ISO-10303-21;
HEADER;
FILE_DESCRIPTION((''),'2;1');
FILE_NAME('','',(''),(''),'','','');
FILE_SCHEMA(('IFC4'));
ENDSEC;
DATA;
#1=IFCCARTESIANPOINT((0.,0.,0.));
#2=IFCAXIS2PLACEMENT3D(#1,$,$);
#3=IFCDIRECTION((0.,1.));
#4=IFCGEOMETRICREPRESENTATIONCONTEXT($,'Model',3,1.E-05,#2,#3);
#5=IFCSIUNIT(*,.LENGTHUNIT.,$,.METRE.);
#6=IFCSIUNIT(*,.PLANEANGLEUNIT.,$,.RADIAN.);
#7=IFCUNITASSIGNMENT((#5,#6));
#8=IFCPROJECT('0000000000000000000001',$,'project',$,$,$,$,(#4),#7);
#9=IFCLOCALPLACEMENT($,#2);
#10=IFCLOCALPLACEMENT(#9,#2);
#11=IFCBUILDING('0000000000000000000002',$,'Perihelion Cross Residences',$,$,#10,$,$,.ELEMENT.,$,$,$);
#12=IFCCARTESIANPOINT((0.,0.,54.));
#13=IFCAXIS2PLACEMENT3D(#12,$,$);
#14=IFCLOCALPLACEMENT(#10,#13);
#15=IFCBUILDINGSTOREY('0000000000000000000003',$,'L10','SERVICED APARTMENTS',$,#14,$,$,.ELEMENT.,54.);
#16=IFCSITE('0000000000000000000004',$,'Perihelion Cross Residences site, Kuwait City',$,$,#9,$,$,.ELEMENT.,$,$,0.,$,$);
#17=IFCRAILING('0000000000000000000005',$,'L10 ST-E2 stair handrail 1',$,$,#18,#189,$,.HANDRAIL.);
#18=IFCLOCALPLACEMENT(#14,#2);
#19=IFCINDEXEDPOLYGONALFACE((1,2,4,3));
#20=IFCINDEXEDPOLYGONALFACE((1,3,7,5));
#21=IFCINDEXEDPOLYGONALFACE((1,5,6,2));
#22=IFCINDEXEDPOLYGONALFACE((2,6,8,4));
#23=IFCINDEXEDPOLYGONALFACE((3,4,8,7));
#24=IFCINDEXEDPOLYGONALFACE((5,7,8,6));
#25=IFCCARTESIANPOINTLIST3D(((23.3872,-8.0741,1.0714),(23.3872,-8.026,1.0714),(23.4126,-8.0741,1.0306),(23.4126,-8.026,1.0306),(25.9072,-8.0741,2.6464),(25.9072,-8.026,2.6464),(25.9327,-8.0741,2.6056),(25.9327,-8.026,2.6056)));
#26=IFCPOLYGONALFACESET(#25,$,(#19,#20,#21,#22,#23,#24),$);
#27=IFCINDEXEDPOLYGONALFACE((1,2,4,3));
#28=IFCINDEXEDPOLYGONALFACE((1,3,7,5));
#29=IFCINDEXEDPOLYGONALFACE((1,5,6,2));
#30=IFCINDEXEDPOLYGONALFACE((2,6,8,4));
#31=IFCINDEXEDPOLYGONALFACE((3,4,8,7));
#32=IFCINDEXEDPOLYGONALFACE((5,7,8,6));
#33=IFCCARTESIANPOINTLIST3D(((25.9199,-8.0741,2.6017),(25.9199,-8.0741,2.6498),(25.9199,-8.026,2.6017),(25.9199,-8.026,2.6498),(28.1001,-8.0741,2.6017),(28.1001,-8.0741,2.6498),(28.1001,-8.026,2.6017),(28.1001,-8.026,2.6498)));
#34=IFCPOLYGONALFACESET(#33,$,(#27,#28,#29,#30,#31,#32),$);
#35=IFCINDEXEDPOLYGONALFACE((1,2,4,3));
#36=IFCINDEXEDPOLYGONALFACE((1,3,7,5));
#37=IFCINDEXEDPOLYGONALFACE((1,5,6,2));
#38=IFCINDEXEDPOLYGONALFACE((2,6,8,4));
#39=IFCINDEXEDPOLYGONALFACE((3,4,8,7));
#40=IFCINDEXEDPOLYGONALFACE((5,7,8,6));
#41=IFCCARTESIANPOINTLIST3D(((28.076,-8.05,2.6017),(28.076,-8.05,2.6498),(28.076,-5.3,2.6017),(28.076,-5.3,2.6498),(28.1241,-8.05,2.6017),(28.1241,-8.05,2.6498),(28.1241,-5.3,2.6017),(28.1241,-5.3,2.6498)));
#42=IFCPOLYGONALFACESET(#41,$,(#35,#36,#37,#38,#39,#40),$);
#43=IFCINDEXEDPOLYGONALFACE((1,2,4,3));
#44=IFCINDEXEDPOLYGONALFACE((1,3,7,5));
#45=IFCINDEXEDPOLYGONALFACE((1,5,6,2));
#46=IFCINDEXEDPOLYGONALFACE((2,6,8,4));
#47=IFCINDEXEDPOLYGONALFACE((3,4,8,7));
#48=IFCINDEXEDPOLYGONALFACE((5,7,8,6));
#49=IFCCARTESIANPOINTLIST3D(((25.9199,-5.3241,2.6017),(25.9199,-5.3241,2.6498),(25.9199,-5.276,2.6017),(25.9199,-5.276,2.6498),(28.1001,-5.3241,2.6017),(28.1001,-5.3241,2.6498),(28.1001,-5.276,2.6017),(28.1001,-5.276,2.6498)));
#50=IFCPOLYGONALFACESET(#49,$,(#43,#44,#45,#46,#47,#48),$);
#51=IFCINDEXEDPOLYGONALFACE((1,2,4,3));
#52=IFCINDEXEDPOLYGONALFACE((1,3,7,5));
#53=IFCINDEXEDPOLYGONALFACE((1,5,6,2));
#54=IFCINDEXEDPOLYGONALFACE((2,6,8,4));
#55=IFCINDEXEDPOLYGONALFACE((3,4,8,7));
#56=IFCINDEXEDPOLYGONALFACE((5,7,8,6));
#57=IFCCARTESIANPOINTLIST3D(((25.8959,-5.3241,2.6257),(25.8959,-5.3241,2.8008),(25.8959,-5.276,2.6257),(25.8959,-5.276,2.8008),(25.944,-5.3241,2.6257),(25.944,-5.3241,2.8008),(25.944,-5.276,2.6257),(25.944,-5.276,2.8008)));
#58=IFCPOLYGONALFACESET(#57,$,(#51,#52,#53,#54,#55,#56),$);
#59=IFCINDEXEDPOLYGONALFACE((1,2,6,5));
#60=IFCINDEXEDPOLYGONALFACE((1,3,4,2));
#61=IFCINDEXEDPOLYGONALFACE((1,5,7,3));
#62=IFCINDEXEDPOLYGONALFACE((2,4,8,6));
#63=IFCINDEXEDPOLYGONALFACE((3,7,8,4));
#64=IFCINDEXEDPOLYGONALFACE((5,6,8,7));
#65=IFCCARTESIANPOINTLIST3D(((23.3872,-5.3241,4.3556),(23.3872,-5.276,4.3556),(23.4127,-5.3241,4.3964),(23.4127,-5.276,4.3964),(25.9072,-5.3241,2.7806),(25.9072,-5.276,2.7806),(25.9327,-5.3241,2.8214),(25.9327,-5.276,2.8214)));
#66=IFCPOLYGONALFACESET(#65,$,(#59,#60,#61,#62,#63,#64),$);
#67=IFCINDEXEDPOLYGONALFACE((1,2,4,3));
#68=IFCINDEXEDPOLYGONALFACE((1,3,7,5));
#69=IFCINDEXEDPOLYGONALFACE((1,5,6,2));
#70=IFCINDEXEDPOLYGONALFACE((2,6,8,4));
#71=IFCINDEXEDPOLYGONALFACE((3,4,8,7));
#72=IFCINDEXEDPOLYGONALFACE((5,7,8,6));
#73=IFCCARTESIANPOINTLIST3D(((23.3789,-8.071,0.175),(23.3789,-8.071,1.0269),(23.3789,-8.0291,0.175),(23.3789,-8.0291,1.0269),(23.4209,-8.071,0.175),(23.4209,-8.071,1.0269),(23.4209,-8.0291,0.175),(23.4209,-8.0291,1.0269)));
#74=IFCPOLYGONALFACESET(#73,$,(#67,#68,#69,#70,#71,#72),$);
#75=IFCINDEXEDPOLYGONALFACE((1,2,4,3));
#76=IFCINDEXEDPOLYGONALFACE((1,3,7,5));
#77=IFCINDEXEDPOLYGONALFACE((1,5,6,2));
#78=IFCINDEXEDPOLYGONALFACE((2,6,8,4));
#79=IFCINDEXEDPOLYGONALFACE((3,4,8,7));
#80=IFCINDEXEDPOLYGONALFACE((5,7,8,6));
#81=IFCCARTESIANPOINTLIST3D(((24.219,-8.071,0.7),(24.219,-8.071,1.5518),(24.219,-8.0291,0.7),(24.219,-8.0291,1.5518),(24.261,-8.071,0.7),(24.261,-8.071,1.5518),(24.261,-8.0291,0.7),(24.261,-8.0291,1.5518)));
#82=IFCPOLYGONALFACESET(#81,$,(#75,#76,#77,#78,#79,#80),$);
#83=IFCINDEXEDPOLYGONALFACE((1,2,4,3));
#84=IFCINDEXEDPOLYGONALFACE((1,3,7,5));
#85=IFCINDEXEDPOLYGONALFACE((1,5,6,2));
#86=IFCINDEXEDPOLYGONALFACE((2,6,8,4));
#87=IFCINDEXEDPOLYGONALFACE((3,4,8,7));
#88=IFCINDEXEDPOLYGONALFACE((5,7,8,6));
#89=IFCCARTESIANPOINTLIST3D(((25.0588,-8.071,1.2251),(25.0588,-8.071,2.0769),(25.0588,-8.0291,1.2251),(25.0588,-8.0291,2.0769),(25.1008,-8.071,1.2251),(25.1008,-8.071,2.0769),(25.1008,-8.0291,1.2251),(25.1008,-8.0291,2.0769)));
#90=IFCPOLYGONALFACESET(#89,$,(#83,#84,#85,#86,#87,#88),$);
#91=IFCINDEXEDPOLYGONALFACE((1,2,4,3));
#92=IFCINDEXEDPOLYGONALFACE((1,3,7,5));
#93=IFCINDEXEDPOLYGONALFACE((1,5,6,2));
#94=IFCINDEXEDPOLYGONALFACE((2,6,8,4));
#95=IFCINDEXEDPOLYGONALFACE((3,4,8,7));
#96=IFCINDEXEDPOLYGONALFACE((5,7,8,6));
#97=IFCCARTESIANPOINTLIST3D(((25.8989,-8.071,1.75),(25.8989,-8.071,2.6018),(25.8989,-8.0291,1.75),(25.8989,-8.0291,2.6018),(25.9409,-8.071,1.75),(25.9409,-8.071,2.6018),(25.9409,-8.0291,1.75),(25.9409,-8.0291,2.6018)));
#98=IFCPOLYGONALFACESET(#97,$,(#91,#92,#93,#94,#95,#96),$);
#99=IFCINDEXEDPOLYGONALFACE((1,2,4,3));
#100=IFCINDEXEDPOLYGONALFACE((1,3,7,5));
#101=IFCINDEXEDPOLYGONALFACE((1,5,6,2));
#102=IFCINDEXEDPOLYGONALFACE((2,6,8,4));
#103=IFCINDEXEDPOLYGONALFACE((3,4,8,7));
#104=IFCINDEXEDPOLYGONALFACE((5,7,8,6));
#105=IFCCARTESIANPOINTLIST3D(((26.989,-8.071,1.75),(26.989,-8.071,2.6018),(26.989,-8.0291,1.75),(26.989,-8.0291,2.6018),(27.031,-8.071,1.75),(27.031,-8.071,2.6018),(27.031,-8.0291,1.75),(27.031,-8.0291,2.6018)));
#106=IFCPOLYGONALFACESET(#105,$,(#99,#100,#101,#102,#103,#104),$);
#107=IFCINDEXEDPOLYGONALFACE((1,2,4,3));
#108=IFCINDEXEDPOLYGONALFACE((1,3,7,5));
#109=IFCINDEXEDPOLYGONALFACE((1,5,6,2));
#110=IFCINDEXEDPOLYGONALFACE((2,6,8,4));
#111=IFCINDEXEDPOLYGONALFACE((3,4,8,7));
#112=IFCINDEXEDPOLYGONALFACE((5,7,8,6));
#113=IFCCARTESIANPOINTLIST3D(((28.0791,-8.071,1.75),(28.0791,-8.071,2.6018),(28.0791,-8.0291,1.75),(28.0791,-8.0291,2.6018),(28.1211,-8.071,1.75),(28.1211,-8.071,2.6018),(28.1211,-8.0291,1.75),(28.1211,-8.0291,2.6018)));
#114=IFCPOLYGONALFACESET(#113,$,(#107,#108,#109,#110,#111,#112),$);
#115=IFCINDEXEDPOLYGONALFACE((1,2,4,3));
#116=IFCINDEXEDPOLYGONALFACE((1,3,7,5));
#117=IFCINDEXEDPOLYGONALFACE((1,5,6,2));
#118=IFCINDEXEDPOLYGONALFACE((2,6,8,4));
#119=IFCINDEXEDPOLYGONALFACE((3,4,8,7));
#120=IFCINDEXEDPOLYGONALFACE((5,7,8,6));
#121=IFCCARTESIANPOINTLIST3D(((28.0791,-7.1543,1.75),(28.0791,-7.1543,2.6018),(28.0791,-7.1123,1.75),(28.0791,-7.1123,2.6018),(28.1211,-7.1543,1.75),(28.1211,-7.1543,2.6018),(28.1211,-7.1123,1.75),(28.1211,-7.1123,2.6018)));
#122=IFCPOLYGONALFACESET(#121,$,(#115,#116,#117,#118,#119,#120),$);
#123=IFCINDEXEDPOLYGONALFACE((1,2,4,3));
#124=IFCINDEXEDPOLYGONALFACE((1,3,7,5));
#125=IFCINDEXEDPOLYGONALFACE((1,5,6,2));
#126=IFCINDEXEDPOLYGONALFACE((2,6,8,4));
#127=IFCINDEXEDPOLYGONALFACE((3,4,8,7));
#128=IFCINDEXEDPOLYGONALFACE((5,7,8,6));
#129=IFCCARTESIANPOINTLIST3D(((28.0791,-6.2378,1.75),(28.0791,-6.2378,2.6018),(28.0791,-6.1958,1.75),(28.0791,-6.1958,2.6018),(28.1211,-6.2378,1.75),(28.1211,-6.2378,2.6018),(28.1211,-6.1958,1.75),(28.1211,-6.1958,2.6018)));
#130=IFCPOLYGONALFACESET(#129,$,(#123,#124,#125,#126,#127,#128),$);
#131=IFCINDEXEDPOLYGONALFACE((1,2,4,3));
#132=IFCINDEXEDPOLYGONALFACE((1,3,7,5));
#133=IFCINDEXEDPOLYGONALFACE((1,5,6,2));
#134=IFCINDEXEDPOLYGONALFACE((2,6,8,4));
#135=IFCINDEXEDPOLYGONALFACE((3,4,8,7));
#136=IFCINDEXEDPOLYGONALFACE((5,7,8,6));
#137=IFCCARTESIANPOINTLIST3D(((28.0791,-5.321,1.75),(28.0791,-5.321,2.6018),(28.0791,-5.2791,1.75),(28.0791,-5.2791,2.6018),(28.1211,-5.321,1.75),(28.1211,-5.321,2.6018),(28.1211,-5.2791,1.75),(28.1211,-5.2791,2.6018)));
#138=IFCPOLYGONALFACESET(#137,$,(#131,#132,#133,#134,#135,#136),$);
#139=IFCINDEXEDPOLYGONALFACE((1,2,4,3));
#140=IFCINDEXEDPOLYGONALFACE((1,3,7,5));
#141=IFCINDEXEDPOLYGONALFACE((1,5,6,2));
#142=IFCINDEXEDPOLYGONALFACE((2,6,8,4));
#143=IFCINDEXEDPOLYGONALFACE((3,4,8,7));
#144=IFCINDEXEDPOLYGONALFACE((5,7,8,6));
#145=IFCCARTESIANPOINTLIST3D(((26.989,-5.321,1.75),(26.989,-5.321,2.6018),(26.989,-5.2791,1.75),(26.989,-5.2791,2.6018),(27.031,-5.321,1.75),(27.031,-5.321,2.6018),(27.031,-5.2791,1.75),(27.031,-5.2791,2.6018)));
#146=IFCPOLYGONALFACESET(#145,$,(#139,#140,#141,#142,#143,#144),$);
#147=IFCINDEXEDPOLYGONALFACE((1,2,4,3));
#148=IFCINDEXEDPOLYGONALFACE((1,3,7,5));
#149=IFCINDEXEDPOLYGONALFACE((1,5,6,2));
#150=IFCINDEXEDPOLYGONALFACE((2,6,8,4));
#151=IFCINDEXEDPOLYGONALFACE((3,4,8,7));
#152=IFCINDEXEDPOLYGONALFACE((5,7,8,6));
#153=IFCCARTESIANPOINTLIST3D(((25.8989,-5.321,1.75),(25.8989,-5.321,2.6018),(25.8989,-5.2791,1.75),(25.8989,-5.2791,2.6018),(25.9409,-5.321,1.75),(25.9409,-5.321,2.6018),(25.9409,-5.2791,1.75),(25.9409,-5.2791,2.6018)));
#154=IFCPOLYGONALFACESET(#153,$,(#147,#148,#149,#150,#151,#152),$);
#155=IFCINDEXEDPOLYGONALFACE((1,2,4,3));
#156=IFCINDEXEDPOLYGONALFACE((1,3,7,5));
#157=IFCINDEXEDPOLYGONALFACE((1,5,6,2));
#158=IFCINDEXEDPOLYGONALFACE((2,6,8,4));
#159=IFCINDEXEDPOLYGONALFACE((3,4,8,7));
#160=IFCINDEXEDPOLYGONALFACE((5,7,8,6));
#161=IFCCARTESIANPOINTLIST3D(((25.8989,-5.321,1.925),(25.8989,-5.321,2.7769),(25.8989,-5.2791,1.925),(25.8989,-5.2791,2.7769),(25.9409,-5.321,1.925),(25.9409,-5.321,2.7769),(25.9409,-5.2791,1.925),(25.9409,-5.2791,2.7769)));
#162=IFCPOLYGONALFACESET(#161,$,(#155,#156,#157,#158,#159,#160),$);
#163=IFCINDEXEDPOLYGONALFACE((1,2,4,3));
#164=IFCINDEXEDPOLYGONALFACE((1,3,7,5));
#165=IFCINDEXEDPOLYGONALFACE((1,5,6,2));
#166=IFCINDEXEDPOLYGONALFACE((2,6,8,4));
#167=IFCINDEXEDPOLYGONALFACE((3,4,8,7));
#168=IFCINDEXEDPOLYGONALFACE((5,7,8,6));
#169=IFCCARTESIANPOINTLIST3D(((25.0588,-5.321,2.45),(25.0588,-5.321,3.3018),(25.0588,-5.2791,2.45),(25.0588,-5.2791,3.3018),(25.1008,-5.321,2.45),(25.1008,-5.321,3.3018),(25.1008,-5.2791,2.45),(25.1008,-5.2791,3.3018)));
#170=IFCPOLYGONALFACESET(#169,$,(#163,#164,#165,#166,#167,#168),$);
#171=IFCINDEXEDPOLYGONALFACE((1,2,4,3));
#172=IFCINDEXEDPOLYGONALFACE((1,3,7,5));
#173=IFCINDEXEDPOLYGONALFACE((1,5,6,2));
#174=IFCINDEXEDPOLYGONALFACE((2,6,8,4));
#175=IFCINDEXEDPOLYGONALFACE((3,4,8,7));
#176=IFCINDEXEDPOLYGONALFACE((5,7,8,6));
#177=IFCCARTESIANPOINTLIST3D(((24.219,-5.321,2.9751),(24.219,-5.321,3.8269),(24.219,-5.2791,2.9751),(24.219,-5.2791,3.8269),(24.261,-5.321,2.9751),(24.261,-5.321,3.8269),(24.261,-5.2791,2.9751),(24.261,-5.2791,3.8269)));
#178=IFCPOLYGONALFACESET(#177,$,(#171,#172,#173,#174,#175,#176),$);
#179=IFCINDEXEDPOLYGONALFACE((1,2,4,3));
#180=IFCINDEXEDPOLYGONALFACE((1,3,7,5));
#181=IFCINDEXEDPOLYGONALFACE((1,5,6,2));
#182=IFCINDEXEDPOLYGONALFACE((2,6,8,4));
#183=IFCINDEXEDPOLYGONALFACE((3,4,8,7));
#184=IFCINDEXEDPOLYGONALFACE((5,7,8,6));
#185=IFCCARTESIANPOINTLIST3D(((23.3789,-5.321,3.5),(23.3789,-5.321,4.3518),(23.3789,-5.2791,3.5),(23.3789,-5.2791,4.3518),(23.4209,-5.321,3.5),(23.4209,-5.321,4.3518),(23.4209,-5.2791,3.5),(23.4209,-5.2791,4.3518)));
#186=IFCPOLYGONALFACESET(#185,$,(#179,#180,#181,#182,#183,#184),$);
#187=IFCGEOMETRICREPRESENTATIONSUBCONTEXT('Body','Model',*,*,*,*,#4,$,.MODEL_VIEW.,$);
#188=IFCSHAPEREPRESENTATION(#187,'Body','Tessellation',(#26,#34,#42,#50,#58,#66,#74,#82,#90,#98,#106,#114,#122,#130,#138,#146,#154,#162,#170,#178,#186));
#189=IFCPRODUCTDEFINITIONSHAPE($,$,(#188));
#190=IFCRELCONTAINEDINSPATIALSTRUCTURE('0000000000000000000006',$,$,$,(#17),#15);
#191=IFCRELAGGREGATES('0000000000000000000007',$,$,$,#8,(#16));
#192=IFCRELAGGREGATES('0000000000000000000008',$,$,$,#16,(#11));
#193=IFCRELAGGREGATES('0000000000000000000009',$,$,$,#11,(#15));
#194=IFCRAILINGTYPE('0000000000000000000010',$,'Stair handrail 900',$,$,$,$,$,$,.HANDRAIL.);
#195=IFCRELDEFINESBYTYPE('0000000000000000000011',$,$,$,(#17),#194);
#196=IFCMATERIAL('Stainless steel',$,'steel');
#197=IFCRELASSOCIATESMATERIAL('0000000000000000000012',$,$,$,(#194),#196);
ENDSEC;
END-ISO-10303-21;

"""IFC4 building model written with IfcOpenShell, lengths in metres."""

from ifc_helpers import new_model, si_unit, direction, frame, origin, origin_2d, place, context, subcontext, project, spatial, rectangle, extrude, material, type_object, element, save


model = new_model("IFC4")

# Units and contexts
model_context = context("Model", 3, precision=1e-05, world=origin(), true_north=direction((0.0, 1.0)))
body_context = subcontext(model_context, "Body", "Model", "MODEL_VIEW")
ifc_project = project(units=[si_unit("LENGTHUNIT", "METRE"), si_unit("PLANEANGLEUNIT", "RADIAN")], contexts=[model_context])

# Site, building, storey
site_placement = place(None, origin())
site = spatial("IfcSite", under=ifc_project, at=site_placement, Name="Perihelion Cross Residences site, Kuwait City", CompositionType="ELEMENT", RefElevation=0.0)
building_placement = place(site_placement, origin())
building = spatial("IfcBuilding", under=site, at=building_placement, Name="Perihelion Cross Residences", CompositionType="ELEMENT")
storey_placement = place(building_placement, frame((0.0, 0.0, 54.0)))
storey = spatial("IfcBuildingStorey", under=building, at=storey_placement, Name="L10", Description="SERVICED APARTMENTS", CompositionType="ELEMENT", Elevation=54.0)

# Railing
ifc_material_1 = material(Name="Stainless steel", Category="steel")
railing_type_1 = type_object("IfcRailingType", Name="Stair handrail 900", PredefinedType="HANDRAIL", material=ifc_material_1)
railing_1_placement = place(storey_placement, frame((23.3999, -8.05, 0.175)))
element("IfcRailing", 1, at=railing_1_placement, inside=storey, type_object=railing_type_1, Name="L10 ST-E2 stair handrail 1", PredefinedType="HANDRAIL", context=body_context, shape_type="SweptSolid", body=[
    extrude(rectangle(XDim=0.0481, YDim=0.0481, at=origin_2d()), frame((0.0, 0.0, 0.876), z_axis=(0.848008, 0.0, 0.529984), x_axis=(0.0, 1.0, 0.0)), (0.0, 0.0, 1.0), 2.9717),
    extrude(rectangle(XDim=0.0481, YDim=0.0481, at=origin_2d()), frame((2.52, 0.0, 2.4507), z_axis=(1.0, 0.0, 0.0), x_axis=(0.0, 1.0, 0.0)), (0.0, 0.0, 1.0), 2.1802),
    extrude(rectangle(XDim=0.0481, YDim=0.0481, at=origin_2d()), frame((4.7002, 0.0, 2.4507), z_axis=(0.0, 1.0, 0.0), x_axis=(-1.0, 0.0, 0.0)), (0.0, 0.0, 1.0), 2.75),
    extrude(rectangle(XDim=0.0481, YDim=0.0481, at=origin_2d()), frame((4.7002, 2.75, 2.4507), z_axis=(-1.0, 0.0, 0.0), x_axis=(0.0, -1.0, 0.0)), (0.0, 0.0, 1.0), 2.1802),
    extrude(rectangle(XDim=0.0481, YDim=0.0481, at=origin_2d()), frame((2.52, 2.75, 2.4507), z_axis=(0.0, 0.0, 1.0), x_axis=(1.0, 0.0, 0.0)), (0.0, 0.0, 1.0), 0.175),
    extrude(rectangle(XDim=0.0481, YDim=0.0481, at=origin_2d()), frame((2.52, 2.75, 2.626), z_axis=(-0.848008, 0.0, 0.529984), x_axis=(0.0, -1.0, 0.0)), (0.0, 0.0, 1.0), 2.9717),
    extrude(rectangle(XDim=0.042, YDim=0.042, at=origin_2d()), origin(), (0.0, 0.0, 1.0), 0.8518),
    extrude(rectangle(XDim=0.042, YDim=0.042, at=origin_2d()), frame((0.8401, 0.0, 0.5249)), (0.0, 0.0, 1.0), 0.8518),
    extrude(rectangle(XDim=0.042, YDim=0.042, at=origin_2d()), frame((1.6799, 0.0, 1.05)), (0.0, 0.0, 1.0), 0.8518),
    extrude(rectangle(XDim=0.042, YDim=0.042, at=origin_2d()), frame((2.52, 0.0, 1.575)), (0.0, 0.0, 1.0), 0.8518),
    extrude(rectangle(XDim=0.042, YDim=0.042, at=origin_2d()), frame((3.6101, 0.0, 1.575)), (0.0, 0.0, 1.0), 0.8518),
    extrude(rectangle(XDim=0.042, YDim=0.042, at=origin_2d()), frame((4.7002, 0.0, 1.575)), (0.0, 0.0, 1.0), 0.8518),
    extrude(rectangle(XDim=0.042, YDim=0.042, at=origin_2d()), frame((4.7002, 0.9167, 1.575)), (0.0, 0.0, 1.0), 0.8518),
    extrude(rectangle(XDim=0.042, YDim=0.042, at=origin_2d()), frame((4.7002, 1.8333, 1.575)), (0.0, 0.0, 1.0), 0.8518),
    extrude(rectangle(XDim=0.042, YDim=0.042, at=origin_2d()), frame((4.7002, 2.75, 1.575)), (0.0, 0.0, 1.0), 0.8518),
    extrude(rectangle(XDim=0.042, YDim=0.042, at=origin_2d()), frame((3.6101, 2.75, 1.575)), (0.0, 0.0, 1.0), 0.8518),
    extrude(rectangle(XDim=0.042, YDim=0.042, at=origin_2d()), frame((2.52, 2.75, 1.575)), (0.0, 0.0, 1.0), 0.8518),
    extrude(rectangle(XDim=0.042, YDim=0.042, at=origin_2d()), frame((2.52, 2.75, 1.75)), (0.0, 0.0, 1.0), 0.8518),
    extrude(rectangle(XDim=0.042, YDim=0.042, at=origin_2d()), frame((1.6799, 2.75, 2.2749)), (0.0, 0.0, 1.0), 0.8518),
    extrude(rectangle(XDim=0.042, YDim=0.042, at=origin_2d()), frame((0.8401, 2.75, 2.8)), (0.0, 0.0, 1.0), 0.8518),
    extrude(rectangle(XDim=0.042, YDim=0.042, at=origin_2d()), frame((0.0, 2.75, 3.325)), (0.0, 0.0, 1.0), 0.8518),
])

save(model, "model.ifc")
